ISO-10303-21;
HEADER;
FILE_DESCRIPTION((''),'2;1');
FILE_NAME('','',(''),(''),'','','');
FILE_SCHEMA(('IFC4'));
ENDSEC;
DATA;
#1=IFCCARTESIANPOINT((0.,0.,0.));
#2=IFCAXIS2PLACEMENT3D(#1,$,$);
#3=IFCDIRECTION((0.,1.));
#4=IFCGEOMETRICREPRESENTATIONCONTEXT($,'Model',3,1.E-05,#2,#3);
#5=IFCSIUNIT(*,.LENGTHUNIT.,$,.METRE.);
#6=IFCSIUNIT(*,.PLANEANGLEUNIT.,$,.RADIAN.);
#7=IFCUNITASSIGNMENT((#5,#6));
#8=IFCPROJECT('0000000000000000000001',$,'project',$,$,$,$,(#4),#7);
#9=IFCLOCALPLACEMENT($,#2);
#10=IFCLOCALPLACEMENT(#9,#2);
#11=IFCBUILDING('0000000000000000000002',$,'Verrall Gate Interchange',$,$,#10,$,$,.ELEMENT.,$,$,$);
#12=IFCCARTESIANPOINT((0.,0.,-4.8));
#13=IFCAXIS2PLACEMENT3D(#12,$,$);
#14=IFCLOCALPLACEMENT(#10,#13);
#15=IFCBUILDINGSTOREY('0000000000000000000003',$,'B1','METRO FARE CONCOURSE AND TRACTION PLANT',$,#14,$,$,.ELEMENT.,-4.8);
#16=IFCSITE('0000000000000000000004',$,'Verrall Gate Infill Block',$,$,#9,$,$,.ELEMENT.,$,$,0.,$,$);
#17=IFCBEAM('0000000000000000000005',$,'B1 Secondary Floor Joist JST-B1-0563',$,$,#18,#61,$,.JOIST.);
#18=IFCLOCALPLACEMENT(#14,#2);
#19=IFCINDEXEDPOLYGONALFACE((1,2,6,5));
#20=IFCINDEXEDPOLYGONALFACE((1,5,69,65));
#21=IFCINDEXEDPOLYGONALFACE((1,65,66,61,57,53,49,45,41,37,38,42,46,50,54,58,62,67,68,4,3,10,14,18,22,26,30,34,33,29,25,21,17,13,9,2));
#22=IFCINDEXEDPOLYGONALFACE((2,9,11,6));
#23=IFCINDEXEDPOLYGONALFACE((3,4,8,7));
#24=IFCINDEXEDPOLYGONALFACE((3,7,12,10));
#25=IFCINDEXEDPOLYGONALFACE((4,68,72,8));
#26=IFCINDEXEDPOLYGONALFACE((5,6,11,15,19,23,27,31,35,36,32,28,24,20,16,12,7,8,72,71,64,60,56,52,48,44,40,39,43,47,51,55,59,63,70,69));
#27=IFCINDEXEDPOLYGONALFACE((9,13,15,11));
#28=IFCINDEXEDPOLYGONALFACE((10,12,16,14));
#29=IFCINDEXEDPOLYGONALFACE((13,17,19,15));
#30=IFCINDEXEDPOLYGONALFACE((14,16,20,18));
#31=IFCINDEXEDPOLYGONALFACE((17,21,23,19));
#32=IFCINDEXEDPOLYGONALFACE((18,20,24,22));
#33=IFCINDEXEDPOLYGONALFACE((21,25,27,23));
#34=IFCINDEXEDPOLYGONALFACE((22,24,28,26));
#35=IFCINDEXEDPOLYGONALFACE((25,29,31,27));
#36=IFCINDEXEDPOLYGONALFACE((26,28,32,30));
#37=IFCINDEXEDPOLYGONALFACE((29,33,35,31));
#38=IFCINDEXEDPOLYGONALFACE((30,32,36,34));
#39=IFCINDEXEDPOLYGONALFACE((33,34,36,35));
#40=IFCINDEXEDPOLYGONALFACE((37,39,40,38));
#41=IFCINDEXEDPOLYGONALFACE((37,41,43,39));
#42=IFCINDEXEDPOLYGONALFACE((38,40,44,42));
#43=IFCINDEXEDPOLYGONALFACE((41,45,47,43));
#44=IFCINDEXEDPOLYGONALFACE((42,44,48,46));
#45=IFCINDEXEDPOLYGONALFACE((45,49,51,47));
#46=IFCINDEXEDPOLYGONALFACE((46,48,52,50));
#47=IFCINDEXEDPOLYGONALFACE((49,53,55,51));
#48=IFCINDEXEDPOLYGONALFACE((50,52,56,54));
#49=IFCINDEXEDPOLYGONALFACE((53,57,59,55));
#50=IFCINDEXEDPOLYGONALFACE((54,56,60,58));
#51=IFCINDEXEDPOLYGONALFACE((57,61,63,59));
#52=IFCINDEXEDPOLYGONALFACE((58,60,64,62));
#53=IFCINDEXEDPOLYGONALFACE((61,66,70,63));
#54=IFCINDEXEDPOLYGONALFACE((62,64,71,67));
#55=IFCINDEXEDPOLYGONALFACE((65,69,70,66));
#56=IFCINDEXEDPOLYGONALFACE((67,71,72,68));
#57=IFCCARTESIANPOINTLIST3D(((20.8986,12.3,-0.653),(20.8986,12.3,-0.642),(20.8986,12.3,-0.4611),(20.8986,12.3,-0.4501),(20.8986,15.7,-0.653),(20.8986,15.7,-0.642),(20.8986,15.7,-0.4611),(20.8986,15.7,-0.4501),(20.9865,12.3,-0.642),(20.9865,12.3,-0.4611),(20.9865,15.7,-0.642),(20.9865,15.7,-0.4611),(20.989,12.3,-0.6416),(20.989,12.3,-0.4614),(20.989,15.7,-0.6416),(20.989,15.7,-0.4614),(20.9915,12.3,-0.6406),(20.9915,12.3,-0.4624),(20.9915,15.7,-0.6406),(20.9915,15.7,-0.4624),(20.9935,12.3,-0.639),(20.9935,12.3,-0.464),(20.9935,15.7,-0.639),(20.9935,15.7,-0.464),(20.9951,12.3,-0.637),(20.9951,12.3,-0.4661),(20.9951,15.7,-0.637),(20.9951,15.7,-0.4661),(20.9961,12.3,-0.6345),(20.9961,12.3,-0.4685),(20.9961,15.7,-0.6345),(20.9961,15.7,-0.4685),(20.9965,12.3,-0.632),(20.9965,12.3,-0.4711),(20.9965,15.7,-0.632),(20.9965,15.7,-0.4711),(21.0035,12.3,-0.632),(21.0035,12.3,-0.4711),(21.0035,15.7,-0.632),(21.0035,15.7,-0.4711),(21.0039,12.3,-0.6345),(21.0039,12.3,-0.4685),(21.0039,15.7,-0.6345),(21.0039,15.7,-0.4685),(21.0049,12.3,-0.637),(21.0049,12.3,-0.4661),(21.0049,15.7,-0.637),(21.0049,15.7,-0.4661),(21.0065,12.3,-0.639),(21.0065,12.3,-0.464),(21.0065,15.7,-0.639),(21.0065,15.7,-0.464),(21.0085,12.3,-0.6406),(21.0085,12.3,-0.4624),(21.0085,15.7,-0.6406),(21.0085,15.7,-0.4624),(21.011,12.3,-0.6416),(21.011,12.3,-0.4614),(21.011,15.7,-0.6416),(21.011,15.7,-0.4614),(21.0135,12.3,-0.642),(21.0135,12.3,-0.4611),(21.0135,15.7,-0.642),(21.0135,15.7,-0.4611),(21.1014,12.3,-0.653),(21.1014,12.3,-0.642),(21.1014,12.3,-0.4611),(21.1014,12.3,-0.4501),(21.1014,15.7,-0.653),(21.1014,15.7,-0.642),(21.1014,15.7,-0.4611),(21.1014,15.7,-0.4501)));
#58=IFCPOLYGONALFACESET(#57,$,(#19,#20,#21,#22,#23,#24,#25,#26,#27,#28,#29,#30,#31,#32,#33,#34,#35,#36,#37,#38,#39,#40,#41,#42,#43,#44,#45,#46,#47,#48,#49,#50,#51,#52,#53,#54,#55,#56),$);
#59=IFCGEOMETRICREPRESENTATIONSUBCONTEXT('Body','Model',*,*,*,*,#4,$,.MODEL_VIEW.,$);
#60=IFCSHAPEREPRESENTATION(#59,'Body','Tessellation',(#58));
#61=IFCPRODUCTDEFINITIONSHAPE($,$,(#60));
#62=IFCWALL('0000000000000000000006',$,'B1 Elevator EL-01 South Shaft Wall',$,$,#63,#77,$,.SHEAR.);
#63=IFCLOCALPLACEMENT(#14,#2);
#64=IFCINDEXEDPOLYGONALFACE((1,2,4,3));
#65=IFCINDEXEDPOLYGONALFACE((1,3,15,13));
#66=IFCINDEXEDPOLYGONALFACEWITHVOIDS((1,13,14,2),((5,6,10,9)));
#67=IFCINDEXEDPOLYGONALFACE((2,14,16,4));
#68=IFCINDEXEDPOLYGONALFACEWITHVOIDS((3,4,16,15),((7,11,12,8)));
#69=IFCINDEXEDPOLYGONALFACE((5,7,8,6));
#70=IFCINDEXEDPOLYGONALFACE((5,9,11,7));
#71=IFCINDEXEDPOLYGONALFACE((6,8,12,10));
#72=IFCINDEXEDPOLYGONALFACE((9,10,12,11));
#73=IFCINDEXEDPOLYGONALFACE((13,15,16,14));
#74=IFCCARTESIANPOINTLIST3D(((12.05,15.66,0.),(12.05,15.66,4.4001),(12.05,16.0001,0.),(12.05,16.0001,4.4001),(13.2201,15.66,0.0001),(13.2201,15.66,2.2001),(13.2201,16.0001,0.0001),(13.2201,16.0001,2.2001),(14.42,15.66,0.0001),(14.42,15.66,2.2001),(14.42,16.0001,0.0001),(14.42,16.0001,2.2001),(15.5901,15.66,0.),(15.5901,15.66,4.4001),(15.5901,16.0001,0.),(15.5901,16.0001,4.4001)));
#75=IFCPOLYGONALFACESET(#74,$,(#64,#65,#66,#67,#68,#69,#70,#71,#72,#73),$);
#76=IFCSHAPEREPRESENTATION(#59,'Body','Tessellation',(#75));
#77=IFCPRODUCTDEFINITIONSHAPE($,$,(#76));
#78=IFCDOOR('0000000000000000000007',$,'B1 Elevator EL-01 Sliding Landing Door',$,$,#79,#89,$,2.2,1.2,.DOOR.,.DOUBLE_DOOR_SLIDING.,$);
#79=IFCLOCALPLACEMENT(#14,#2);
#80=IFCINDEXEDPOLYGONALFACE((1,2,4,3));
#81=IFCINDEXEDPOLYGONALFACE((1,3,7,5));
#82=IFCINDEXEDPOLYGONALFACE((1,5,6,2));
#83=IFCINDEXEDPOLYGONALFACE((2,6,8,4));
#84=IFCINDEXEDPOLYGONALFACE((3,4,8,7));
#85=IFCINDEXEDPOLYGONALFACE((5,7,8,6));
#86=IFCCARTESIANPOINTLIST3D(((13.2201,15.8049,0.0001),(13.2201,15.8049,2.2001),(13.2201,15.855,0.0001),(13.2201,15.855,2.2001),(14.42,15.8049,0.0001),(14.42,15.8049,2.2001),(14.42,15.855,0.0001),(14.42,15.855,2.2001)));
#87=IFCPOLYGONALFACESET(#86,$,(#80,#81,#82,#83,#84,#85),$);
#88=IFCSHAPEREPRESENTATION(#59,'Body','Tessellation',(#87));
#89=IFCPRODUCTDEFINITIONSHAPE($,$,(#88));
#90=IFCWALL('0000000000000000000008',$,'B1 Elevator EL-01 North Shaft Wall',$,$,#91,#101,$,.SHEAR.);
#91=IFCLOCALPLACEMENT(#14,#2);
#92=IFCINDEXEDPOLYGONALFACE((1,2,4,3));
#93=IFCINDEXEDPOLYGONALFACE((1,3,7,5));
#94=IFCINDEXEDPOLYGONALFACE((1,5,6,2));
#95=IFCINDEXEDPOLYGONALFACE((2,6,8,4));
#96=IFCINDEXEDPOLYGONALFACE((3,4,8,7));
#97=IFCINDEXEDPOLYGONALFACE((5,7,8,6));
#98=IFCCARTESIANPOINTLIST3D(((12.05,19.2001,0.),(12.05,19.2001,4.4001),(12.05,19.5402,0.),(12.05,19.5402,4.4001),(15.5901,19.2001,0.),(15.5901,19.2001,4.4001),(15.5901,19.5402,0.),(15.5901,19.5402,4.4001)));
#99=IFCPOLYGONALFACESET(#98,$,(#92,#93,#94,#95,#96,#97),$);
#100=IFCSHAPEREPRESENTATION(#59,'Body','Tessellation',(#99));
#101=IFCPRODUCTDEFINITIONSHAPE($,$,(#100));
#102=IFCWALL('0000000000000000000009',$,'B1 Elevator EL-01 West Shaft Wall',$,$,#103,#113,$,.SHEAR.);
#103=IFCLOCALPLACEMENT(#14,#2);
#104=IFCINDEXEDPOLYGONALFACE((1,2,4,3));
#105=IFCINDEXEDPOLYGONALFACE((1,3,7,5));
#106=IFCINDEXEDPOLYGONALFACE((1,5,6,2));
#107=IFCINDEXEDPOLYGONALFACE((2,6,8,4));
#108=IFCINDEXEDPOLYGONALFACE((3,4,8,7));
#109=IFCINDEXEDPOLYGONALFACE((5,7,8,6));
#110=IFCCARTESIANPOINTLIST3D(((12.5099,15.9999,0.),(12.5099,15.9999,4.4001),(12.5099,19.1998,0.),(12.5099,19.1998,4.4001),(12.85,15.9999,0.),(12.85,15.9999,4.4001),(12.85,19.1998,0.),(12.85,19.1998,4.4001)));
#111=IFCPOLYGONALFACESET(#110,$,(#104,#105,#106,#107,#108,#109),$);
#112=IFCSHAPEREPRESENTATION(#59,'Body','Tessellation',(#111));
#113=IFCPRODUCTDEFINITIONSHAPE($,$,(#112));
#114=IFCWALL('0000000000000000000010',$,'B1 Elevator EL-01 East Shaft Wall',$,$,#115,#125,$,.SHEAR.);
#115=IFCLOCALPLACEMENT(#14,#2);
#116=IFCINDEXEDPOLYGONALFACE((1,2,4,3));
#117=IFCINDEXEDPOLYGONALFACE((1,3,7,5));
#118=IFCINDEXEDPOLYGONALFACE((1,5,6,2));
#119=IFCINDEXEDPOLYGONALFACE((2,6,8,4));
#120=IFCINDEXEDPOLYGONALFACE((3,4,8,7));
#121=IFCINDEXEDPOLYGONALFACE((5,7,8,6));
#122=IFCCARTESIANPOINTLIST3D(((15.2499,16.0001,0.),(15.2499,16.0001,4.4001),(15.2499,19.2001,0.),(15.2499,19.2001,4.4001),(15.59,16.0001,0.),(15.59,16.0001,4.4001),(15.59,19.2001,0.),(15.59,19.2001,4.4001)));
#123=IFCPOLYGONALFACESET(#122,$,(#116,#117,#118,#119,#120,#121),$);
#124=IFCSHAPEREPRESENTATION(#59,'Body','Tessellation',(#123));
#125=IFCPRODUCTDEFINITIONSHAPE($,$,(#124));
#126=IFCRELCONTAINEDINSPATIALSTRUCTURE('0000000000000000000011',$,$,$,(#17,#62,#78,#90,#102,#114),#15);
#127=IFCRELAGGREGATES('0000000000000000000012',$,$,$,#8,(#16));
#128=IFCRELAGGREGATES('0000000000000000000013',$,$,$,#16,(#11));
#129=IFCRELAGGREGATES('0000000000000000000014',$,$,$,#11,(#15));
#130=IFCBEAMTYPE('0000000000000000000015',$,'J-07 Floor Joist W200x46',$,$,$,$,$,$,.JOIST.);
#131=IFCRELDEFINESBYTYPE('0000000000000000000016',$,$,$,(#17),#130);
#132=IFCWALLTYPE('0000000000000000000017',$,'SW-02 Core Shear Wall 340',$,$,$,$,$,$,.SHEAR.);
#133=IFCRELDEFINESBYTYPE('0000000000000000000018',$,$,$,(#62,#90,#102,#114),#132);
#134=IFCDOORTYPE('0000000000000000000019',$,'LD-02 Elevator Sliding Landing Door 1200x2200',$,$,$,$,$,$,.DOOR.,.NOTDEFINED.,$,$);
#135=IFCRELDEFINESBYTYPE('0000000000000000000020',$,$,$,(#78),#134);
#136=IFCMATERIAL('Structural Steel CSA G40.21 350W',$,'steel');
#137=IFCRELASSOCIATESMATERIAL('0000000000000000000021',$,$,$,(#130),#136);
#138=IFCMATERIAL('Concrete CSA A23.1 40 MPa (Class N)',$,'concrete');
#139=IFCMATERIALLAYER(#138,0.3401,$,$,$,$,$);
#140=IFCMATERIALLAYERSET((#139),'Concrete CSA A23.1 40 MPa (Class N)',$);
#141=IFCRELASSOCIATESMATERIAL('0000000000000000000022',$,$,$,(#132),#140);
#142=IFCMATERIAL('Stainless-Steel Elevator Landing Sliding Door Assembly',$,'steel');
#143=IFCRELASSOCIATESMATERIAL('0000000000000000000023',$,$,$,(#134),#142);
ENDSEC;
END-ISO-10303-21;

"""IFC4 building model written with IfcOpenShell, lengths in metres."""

from ifc_helpers import new_model, si_unit, direction, frame, frame_2d, origin, origin_2d, place, context, subcontext, project, spatial, rectangle, i_section, extrude, material, layer, layer_set, material_profile, profile_set, type_object, element, fill, save


model = new_model("IFC4")

# Units and contexts
model_context = context("Model", 3, precision=1e-05, world=origin(), true_north=direction((0.0, 1.0)))
body_context = subcontext(model_context, "Body", "Model", "MODEL_VIEW")
ifc_project = project(units=[si_unit("LENGTHUNIT", "METRE"), si_unit("PLANEANGLEUNIT", "RADIAN")], contexts=[model_context])

# Site, building, storey
site_placement = place(None, origin())
site = spatial("IfcSite", under=ifc_project, at=site_placement, Name="Verrall Gate Infill Block", CompositionType="ELEMENT", RefElevation=0.0)
building_placement = place(site_placement, origin())
building = spatial("IfcBuilding", under=site, at=building_placement, Name="Verrall Gate Interchange", CompositionType="ELEMENT")
storey_placement = place(building_placement, frame((0.0, 0.0, -4.8)))
storey = spatial("IfcBuildingStorey", under=building, at=storey_placement, Name="B1", Description="METRO FARE CONCOURSE AND TRACTION PLANT", CompositionType="ELEMENT", Elevation=-4.8)

# Beam
ifc_material_1 = material(Name="Structural Steel CSA G40.21 350W", Category="steel")
ifc_material_profile_1 = material_profile(ifc_material_1, i_section(OverallWidth=0.2029, OverallDepth=0.2029, WebThickness=0.0071, FlangeThickness=0.011, FilletRadius=0.01, at=origin_2d()), Name="W200x46")
ifc_profile_set_1 = profile_set([ifc_material_profile_1], Name="Structural Steel CSA G40.21 350W")
beam_type_1 = type_object("IfcBeamType", Name="J-07 Floor Joist W200x46", PredefinedType="JOIST", material=ifc_profile_set_1)
beam_1_placement = place(storey_placement, frame((21.0, 12.3, -0.5515), z_axis=(0.0, 1.0, 0.0), x_axis=(-1.0, 0.0, 0.0)))
element("IfcBeam", 1, at=beam_1_placement, inside=storey, type_object=beam_type_1, Name="B1 Secondary Floor Joist JST-B1-0563", PredefinedType="JOIST", context=body_context, shape_type="SweptSolid", body=[
    extrude(i_section(OverallWidth=0.2029, OverallDepth=0.2029, WebThickness=0.0071, FlangeThickness=0.011, FilletRadius=0.01, at=origin_2d()), origin(), (0.0, 0.0, 1.0), 3.3999),
])

# Wall, opening, door
ifc_material_2 = material(Name="Concrete CSA A23.1 40 MPa (Class N)", Category="concrete")
ifc_layer_1 = layer(ifc_material_2, 0.3401)
ifc_layer_set_1 = layer_set([ifc_layer_1], Name="Concrete CSA A23.1 40 MPa (Class N)")
wall_type_1 = type_object("IfcWallType", Name="SW-02 Core Shear Wall 340", PredefinedType="SHEAR", material=ifc_layer_set_1)
wall_1_placement = place(storey_placement, frame((12.05, 15.8301, 0.0), z_axis=(0.0, 0.0, 1.0), x_axis=(1.0, 0.0, 0.0)))
wall_1 = element("IfcWall", 2, at=wall_1_placement, inside=storey, type_object=wall_type_1, Name="B1 Elevator EL-01 South Shaft Wall", PredefinedType="SHEAR", context=body_context, shape_type="SweptSolid", body=[
    extrude(rectangle(XDim=3.54, YDim=0.3401, at=frame_2d((1.77, 0.0))), origin(), (0.0, 0.0, 1.0), 4.4001),
])
opening_1_placement = place(wall_1_placement, frame((1.1699, 0.0, 0.0)))
opening_1 = element("IfcOpeningElement", 3, at=opening_1_placement, cuts=wall_1, PredefinedType="OPENING", context=body_context, shape_type="SweptSolid", body=[
    extrude(rectangle(XDim=1.2, YDim=2.2, at=frame_2d((0.6001, 1.1001))), frame((0.0, 0.1851, 0.0), z_axis=(0.0, -1.0, 0.0), x_axis=(1.0, 0.0, 0.0)), (0.0, 0.0, 1.0), 0.3699),
])
ifc_material_3 = material(Name="Stainless-Steel Elevator Landing Sliding Door Assembly", Category="steel")
door_type_1 = type_object("IfcDoorType", Name="LD-02 Elevator Sliding Landing Door 1200x2200", OperationType="NOTDEFINED", PredefinedType="DOOR", material=ifc_material_3)
door_1_placement = place(opening_1_placement, origin())
door_1 = element("IfcDoor", 4, at=door_1_placement, inside=storey, type_object=door_type_1, Name="B1 Elevator EL-01 Sliding Landing Door", OperationType="DOUBLE_DOOR_SLIDING", OverallHeight=2.2, OverallWidth=1.2, PredefinedType="DOOR", context=body_context, shape_type="SweptSolid", body=[
    extrude(rectangle(XDim=1.2, YDim=2.2, at=frame_2d((0.6001, 1.1001))), frame((0.0, 0.0249, 0.0), z_axis=(0.0, -1.0, 0.0), x_axis=(1.0, 0.0, 0.0)), (0.0, 0.0, 1.0), 0.05),
])
fill(opening_1, door_1)

# Walls
wall_2_placement = place(storey_placement, frame((15.5901, 19.3701, 0.0), z_axis=(0.0, 0.0, 1.0), x_axis=(-1.0, 0.0, 0.0)))
element("IfcWall", 5, at=wall_2_placement, inside=storey, type_object=wall_type_1, Name="B1 Elevator EL-01 North Shaft Wall", PredefinedType="SHEAR", context=body_context, shape_type="SweptSolid", body=[
    extrude(rectangle(XDim=3.54, YDim=0.3401, at=frame_2d((1.77, 0.0))), origin(), (0.0, 0.0, 1.0), 4.4001),
])
for number, where, z_axis, x_axis, name in (
    (6, (12.6799, 19.2, 0.0), (0.0, 0.0, 1.0), (0.0, -1.0, 0.0), "B1 Elevator EL-01 West Shaft Wall"),
    (7, (15.4199, 16.0, 0.0), (0.0, 0.0, 1.0), (0.0, 1.0, 0.0), "B1 Elevator EL-01 East Shaft Wall"),
):
    element("IfcWall", number, at=place(storey_placement, frame(where, z_axis=z_axis, x_axis=x_axis)), inside=storey, type_object=wall_type_1, Name=name, PredefinedType="SHEAR", context=body_context, shape_type="SweptSolid", body=[
        extrude(rectangle(XDim=3.2, YDim=0.3401, at=frame_2d((1.6001, 0.0))), origin(), (0.0, 0.0, 1.0), 4.4001),
    ])

save(model, "model.ifc")
